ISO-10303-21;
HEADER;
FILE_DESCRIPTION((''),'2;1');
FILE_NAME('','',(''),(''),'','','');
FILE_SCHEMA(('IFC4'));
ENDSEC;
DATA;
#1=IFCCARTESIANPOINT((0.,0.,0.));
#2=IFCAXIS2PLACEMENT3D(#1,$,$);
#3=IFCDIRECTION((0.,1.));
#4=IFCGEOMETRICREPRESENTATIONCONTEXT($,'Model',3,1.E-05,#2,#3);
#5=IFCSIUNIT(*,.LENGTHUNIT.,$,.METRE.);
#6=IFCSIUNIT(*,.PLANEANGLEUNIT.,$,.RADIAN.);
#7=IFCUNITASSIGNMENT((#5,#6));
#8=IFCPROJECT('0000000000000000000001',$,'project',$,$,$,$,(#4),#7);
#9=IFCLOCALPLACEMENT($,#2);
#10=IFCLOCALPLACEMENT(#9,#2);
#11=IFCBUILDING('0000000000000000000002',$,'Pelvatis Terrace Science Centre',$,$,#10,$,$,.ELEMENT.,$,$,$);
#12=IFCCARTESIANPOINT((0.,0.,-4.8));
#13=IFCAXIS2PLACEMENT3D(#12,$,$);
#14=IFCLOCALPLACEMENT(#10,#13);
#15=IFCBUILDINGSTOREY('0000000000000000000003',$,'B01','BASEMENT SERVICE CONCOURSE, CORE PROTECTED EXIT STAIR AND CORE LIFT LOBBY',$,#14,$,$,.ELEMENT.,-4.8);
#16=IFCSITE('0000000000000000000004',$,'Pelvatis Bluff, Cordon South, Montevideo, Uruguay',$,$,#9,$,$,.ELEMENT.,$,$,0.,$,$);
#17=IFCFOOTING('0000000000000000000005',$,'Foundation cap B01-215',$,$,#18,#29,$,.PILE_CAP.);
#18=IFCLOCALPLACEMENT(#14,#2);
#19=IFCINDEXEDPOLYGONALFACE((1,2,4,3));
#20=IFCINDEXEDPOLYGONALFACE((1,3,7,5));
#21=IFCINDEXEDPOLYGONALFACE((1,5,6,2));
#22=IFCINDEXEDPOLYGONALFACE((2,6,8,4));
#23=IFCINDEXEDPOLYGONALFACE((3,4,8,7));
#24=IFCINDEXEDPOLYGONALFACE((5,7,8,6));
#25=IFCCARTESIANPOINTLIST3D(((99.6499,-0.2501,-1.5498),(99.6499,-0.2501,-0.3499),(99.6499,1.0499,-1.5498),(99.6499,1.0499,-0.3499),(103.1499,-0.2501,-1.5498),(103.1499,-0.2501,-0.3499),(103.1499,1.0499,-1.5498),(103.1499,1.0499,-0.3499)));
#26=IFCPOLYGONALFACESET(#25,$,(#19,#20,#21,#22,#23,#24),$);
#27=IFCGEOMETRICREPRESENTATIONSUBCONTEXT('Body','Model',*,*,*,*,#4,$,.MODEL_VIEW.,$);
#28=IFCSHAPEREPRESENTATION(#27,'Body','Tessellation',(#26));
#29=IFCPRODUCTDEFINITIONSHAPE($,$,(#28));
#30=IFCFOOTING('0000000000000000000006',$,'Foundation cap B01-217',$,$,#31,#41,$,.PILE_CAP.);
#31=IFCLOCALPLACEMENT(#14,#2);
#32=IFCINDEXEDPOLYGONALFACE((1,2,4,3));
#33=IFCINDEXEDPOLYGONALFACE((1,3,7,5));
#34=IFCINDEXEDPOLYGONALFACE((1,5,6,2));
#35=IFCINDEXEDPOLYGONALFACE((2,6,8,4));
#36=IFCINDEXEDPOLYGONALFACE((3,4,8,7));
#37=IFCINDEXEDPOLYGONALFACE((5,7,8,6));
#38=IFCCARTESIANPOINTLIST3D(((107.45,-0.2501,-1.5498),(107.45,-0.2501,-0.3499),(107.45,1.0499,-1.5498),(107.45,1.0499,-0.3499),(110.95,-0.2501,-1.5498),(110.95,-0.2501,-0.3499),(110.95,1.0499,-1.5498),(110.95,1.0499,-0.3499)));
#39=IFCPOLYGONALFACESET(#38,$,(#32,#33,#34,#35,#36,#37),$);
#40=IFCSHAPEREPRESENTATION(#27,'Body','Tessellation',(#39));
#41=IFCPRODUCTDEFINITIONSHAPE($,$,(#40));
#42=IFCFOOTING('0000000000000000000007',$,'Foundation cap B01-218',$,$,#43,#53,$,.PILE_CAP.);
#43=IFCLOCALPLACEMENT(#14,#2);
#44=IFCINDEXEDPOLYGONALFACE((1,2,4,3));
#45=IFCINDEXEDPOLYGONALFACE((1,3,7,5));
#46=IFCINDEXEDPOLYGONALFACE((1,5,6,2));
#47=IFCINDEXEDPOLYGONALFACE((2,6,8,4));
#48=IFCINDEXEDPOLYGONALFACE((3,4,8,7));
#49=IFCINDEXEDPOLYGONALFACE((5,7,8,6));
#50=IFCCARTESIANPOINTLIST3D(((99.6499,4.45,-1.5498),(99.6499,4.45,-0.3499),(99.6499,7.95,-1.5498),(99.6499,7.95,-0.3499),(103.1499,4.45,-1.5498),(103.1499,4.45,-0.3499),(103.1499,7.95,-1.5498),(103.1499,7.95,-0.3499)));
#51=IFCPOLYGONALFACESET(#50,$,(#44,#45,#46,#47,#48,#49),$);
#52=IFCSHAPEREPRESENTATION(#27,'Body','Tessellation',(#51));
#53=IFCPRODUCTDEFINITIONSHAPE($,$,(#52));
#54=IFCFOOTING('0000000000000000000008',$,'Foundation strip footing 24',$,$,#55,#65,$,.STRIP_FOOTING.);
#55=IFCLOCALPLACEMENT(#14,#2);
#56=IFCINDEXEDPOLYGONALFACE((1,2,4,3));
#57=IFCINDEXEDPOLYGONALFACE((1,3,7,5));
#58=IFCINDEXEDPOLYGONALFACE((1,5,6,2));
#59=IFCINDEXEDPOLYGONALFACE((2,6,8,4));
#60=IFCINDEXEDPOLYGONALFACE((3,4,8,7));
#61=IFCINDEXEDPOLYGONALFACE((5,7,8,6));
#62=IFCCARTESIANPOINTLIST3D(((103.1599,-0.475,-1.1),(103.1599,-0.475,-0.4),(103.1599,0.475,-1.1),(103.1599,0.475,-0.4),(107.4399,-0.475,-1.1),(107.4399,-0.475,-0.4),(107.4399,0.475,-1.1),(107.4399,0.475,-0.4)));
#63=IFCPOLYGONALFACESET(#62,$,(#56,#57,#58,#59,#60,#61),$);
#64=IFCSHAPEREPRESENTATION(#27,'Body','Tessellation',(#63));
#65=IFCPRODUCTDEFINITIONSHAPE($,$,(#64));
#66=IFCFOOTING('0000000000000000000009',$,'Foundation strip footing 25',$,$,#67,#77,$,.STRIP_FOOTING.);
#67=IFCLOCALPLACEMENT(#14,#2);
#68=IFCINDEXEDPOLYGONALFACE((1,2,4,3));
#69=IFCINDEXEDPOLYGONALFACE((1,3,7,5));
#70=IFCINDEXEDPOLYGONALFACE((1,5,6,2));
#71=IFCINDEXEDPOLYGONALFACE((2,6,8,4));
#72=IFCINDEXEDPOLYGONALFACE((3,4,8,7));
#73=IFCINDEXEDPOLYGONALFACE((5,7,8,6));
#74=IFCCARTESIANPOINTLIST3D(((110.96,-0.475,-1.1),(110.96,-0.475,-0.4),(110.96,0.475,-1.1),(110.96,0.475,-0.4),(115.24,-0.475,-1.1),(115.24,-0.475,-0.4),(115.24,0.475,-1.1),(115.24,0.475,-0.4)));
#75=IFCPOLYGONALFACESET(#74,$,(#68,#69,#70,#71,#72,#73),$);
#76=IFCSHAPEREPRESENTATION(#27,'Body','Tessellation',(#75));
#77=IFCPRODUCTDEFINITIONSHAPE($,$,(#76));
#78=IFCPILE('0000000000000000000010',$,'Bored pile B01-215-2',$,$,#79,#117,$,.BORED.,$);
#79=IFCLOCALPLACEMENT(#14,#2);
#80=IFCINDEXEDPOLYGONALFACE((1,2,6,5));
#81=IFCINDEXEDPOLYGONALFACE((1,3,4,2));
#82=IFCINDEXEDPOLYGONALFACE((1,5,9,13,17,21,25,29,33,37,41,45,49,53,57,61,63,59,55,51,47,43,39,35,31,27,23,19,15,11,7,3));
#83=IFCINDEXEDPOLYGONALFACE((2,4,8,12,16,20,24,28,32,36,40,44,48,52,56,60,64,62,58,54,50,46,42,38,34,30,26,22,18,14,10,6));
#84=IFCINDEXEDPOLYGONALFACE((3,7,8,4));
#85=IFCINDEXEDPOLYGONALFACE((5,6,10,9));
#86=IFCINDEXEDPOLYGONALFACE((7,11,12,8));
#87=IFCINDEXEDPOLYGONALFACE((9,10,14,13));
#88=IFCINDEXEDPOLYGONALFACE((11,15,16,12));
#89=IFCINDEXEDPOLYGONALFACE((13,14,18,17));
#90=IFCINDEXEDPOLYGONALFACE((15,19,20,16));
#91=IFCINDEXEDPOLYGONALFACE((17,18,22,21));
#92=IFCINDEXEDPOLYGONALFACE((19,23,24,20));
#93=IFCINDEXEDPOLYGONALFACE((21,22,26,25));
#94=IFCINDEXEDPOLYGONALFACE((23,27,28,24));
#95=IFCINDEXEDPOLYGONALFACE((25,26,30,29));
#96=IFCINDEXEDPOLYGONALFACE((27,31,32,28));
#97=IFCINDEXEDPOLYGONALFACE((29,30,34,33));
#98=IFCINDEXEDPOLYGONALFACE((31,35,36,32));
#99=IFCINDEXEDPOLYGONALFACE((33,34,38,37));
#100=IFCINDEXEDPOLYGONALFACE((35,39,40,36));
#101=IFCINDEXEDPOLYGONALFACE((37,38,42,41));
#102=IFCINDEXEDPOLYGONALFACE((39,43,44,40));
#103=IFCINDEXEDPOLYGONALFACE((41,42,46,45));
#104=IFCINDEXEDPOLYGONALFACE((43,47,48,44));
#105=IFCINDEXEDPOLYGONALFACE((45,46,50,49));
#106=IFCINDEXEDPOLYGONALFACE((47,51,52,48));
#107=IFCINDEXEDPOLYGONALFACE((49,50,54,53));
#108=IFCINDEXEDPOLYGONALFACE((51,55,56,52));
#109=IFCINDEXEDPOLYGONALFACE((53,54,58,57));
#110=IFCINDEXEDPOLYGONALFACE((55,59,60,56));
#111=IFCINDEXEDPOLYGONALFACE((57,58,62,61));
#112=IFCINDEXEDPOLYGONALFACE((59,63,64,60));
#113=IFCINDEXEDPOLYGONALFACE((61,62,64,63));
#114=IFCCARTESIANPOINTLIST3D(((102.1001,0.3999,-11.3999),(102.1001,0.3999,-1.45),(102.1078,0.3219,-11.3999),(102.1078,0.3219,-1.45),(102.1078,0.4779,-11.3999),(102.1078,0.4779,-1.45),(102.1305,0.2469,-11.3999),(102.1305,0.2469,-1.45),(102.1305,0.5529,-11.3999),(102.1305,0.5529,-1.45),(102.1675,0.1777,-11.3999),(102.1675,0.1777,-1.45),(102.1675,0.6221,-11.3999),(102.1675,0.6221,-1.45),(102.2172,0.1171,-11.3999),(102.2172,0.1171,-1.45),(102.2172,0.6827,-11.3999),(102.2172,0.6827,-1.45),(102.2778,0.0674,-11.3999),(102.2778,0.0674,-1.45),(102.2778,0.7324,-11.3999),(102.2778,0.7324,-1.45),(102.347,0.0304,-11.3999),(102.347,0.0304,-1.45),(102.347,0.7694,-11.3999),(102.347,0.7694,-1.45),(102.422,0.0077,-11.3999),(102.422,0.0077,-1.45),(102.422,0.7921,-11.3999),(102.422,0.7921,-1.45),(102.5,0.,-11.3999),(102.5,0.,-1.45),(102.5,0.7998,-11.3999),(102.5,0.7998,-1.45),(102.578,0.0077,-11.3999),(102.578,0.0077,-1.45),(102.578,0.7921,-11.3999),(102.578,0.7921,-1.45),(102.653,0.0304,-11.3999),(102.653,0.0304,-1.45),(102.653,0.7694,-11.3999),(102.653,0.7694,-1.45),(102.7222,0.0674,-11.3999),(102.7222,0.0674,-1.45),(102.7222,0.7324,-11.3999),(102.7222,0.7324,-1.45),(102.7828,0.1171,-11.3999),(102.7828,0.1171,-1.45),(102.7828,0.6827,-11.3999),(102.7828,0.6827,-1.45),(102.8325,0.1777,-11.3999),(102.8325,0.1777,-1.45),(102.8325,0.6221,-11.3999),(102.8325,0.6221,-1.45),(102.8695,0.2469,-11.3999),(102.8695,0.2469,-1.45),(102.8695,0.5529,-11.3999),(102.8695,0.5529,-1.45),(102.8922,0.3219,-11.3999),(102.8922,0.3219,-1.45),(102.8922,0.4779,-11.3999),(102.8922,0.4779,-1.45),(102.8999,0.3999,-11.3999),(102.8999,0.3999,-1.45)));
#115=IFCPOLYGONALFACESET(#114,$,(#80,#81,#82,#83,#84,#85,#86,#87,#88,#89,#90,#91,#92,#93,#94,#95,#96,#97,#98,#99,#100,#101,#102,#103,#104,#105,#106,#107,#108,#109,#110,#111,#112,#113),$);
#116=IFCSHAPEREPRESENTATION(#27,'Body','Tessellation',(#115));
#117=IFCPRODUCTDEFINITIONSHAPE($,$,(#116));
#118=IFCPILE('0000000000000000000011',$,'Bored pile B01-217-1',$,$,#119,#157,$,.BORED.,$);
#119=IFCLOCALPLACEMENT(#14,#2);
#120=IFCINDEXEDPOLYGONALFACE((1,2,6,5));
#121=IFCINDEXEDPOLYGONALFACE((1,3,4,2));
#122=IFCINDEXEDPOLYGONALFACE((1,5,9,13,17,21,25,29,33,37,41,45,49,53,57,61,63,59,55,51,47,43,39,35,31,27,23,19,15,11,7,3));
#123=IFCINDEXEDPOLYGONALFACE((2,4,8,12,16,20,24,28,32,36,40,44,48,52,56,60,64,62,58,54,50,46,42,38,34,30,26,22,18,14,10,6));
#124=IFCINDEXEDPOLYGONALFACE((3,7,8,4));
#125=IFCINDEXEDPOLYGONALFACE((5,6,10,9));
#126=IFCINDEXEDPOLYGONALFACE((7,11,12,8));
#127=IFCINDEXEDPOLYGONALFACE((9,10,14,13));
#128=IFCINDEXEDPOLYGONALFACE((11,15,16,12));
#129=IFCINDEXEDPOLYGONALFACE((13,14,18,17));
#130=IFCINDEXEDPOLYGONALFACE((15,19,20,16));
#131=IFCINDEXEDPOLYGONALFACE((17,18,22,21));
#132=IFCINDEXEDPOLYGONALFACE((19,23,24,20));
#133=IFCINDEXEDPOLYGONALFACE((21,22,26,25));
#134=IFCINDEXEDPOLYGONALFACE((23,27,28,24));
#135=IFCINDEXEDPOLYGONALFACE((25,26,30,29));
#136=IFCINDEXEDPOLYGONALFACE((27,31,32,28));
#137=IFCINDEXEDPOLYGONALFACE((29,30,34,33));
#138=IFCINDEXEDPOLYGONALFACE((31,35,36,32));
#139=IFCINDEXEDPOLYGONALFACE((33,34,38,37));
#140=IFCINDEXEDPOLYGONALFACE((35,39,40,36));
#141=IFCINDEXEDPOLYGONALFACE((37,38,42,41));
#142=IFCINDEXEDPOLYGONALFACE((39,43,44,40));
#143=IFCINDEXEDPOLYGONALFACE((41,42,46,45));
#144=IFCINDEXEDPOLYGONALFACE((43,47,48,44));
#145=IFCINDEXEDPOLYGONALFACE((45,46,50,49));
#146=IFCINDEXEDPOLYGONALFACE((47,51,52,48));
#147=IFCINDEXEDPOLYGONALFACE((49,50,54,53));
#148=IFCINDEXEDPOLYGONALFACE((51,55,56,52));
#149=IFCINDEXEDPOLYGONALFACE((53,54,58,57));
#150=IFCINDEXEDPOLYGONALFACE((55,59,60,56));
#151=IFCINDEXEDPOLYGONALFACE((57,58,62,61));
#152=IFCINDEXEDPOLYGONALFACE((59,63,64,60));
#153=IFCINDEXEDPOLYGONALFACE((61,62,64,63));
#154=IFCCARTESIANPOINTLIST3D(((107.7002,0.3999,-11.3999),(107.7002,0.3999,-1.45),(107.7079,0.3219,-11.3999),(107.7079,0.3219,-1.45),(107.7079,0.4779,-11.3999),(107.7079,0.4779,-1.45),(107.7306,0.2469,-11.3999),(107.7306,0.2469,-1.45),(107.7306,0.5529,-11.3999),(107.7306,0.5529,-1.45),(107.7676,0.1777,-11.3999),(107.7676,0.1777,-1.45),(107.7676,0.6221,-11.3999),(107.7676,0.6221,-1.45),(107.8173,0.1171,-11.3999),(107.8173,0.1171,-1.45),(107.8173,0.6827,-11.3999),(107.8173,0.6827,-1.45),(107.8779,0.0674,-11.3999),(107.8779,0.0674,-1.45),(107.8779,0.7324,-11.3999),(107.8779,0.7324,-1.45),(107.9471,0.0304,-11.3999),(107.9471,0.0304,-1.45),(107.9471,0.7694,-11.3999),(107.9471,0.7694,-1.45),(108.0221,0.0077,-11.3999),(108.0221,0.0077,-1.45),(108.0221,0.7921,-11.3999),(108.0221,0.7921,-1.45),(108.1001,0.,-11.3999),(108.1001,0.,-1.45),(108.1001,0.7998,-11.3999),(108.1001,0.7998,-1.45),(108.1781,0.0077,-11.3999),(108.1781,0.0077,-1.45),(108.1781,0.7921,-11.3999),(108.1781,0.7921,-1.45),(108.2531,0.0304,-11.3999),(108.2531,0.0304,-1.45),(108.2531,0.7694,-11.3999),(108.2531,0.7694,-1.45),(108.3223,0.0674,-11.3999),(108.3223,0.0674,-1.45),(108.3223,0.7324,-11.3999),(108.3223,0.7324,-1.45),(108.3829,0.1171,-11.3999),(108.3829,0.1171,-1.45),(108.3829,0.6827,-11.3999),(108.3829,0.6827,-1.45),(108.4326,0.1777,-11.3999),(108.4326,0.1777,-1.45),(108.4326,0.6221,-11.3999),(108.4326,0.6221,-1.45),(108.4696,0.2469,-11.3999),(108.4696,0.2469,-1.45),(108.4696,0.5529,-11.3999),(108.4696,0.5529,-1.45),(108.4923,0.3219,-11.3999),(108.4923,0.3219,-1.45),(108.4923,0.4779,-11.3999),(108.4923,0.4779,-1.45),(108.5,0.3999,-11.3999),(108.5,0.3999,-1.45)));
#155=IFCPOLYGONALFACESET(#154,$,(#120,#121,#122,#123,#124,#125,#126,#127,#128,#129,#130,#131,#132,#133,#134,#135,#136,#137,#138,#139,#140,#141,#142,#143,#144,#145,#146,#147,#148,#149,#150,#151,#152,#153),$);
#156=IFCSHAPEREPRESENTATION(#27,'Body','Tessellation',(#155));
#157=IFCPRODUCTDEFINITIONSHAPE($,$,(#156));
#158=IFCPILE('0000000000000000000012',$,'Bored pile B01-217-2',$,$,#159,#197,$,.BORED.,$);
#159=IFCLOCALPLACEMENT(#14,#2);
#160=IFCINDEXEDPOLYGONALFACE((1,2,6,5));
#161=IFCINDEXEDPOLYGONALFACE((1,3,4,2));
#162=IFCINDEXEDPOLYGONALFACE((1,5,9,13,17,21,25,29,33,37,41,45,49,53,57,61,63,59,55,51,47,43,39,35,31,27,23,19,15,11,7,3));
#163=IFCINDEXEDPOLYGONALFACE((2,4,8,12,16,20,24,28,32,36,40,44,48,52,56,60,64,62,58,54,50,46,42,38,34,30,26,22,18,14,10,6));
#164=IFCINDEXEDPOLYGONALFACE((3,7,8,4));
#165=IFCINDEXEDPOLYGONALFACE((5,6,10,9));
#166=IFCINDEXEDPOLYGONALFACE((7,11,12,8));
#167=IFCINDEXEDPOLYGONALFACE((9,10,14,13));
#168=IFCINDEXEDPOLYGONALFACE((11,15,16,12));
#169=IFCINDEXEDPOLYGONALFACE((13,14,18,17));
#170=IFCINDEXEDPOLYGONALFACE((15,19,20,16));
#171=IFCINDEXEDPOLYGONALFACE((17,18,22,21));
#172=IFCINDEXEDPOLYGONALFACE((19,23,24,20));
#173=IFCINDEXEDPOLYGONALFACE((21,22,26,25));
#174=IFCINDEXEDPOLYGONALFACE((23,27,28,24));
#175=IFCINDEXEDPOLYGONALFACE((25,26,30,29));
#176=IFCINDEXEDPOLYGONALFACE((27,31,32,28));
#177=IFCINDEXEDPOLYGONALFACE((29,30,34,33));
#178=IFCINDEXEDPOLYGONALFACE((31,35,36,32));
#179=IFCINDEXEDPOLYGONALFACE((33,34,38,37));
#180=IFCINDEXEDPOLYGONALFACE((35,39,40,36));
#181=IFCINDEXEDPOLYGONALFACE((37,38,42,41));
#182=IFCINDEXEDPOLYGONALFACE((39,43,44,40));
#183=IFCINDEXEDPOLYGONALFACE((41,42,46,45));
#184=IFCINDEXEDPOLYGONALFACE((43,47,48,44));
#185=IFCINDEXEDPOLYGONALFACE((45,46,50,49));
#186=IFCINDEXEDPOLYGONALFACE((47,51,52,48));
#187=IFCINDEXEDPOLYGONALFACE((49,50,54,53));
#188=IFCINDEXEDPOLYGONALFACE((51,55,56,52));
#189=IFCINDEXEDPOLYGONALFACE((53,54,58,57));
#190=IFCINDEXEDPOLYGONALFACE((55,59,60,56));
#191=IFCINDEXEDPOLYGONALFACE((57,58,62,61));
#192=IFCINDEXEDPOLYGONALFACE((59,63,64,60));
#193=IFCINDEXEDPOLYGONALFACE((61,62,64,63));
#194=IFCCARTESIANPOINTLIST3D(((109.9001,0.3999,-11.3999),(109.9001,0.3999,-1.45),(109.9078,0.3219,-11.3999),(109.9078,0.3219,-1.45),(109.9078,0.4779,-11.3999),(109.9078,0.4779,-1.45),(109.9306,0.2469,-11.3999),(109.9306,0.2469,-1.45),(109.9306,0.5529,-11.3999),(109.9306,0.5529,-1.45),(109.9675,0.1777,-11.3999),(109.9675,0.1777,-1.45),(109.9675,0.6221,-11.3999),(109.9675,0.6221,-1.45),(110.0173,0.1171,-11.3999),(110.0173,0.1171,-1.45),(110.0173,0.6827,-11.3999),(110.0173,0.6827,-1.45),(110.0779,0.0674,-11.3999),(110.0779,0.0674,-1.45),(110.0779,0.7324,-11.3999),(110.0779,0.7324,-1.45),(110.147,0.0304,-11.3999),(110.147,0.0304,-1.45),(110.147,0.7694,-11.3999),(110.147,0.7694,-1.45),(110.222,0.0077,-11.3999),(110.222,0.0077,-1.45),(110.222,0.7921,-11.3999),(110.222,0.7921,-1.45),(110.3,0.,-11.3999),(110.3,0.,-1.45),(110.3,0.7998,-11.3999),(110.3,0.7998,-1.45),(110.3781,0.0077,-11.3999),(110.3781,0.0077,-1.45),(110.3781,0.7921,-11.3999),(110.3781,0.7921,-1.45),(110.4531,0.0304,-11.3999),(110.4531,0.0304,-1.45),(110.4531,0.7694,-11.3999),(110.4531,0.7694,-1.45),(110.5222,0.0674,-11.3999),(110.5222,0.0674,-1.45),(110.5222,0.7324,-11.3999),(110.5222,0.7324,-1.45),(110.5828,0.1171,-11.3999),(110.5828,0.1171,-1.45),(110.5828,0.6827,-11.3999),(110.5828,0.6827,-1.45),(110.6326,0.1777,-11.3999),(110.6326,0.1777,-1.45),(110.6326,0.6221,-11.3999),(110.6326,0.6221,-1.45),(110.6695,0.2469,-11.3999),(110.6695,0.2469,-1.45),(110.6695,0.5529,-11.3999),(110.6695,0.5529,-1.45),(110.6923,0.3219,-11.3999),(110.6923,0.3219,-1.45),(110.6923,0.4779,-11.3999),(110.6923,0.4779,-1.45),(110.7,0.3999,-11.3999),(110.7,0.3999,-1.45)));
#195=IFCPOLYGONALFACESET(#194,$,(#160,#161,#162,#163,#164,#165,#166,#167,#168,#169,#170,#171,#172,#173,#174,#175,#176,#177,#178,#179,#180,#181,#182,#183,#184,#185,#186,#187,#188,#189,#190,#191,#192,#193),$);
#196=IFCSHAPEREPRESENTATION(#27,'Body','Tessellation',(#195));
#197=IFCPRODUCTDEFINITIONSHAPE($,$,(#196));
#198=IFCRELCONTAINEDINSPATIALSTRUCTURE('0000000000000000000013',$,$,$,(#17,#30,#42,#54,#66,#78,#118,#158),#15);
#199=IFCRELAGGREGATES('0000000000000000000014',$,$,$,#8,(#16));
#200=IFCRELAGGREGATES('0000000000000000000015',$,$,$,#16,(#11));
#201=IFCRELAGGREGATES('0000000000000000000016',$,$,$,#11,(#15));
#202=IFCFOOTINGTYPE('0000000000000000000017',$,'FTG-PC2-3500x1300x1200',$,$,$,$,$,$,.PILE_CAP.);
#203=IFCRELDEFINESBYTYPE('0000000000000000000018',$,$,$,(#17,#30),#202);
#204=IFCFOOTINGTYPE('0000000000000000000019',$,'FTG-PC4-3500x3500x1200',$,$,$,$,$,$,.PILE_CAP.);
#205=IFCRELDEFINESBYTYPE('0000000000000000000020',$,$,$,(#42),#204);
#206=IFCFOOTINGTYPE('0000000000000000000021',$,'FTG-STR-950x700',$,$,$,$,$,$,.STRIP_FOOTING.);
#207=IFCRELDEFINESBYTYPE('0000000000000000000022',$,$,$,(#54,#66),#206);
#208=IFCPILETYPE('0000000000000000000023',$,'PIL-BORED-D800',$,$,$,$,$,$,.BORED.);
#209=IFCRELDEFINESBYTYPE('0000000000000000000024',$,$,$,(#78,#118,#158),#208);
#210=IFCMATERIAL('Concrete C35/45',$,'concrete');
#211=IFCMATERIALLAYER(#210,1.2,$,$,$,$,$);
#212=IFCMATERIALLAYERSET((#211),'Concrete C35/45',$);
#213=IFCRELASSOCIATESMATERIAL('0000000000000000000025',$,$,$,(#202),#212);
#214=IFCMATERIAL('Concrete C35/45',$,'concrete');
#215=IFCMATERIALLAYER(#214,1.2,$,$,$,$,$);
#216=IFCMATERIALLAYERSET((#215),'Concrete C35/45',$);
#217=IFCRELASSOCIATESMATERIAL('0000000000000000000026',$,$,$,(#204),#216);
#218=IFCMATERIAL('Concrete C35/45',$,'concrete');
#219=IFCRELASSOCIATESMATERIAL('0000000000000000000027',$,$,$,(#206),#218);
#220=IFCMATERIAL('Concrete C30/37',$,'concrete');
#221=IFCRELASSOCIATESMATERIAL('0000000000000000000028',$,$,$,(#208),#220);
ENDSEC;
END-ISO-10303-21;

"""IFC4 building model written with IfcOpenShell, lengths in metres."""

from ifc_helpers import new_model, si_unit, direction, frame, origin, origin_2d, place, context, subcontext, project, spatial, rectangle, circle, extrude, material, layer, layer_set, material_profile, profile_set, type_object, element, save


model = new_model("IFC4")

# Units and contexts
model_context = context("Model", 3, precision=1e-05, world=origin(), true_north=direction((0.0, 1.0)))
body_context = subcontext(model_context, "Body", "Model", "MODEL_VIEW")
ifc_project = project(units=[si_unit("LENGTHUNIT", "METRE"), si_unit("PLANEANGLEUNIT", "RADIAN")], contexts=[model_context])

# Site, building, storey
site_placement = place(None, origin())
site = spatial("IfcSite", under=ifc_project, at=site_placement, Name="Pelvatis Bluff, Cordon South, Montevideo, Uruguay", CompositionType="ELEMENT", RefElevation=0.0)
building_placement = place(site_placement, origin())
building = spatial("IfcBuilding", under=site, at=building_placement, Name="Pelvatis Terrace Science Centre", CompositionType="ELEMENT")
storey_placement = place(building_placement, frame((0.0, 0.0, -4.8)))
storey = spatial("IfcBuildingStorey", under=building, at=storey_placement, Name="B01", Description="BASEMENT SERVICE CONCOURSE, CORE PROTECTED EXIT STAIR AND CORE LIFT LOBBY", CompositionType="ELEMENT", Elevation=-4.8)

# Footings
ifc_material_1 = material(Name="Concrete C35/45", Category="concrete")
ifc_layer_1 = layer(ifc_material_1, 1.2)
ifc_layer_set_1 = layer_set([ifc_layer_1], Name="Concrete C35/45")
footing_type_1 = type_object("IfcFootingType", Name="FTG-PC2-3500x1300x1200", PredefinedType="PILE_CAP", material=ifc_layer_set_1)
for number, where, z_axis, x_axis, name in (
    (1, (101.3999, 0.3999, -1.5498), (0.0, 0.0, 1.0), (1.0, 0.0, 0.0), "Foundation cap B01-215"),
    (2, (109.2, 0.3999, -1.5498), (0.0, 0.0, 1.0), (1.0, 0.0, 0.0), "Foundation cap B01-217"),
):
    element("IfcFooting", number, at=place(storey_placement, frame(where, z_axis=z_axis, x_axis=x_axis)), inside=storey, type_object=footing_type_1, Name=name, PredefinedType="PILE_CAP", context=body_context, shape_type="SweptSolid", body=[
        extrude(rectangle(XDim=3.5, YDim=1.3, at=origin_2d()), origin(), (0.0, 0.0, 1.0), 1.2),
    ])
ifc_material_2 = material(Name="Concrete C35/45", Category="concrete")
ifc_layer_2 = layer(ifc_material_2, 1.2)
ifc_layer_set_2 = layer_set([ifc_layer_2], Name="Concrete C35/45")
footing_type_2 = type_object("IfcFootingType", Name="FTG-PC4-3500x3500x1200", PredefinedType="PILE_CAP", material=ifc_layer_set_2)
footing_placement = place(storey_placement, frame((101.3999, 6.2, -1.5498), z_axis=(0.0, 0.0, 1.0), x_axis=(1.0, 0.0, 0.0)))
element("IfcFooting", 3, at=footing_placement, inside=storey, type_object=footing_type_2, Name="Foundation cap B01-218", PredefinedType="PILE_CAP", context=body_context, shape_type="SweptSolid", body=[
    extrude(rectangle(XDim=3.5, YDim=3.5, at=origin_2d()), origin(), (0.0, 0.0, 1.0), 1.2),
])
ifc_material_3 = material(Name="Concrete C35/45", Category="concrete")
ifc_material_profile_1 = material_profile(ifc_material_3, rectangle(XDim=0.95, YDim=0.7, at=origin_2d()), Name="RC-STR 950x700")
ifc_profile_set_1 = profile_set([ifc_material_profile_1], Name="Concrete C35/45")
footing_type_3 = type_object("IfcFootingType", Name="FTG-STR-950x700", PredefinedType="STRIP_FOOTING", material=ifc_profile_set_1)
for number, where, z_axis, x_axis, name in (
    (4, (103.1599, 0.0, -0.75), (1.0, 0.0, 0.0), (0.0, 1.0, 0.0), "Foundation strip footing 24"),
    (5, (110.96, 0.0, -0.75), (1.0, 0.0, 0.0), (0.0, 1.0, 0.0), "Foundation strip footing 25"),
):
    element("IfcFooting", number, at=place(storey_placement, frame(where, z_axis=z_axis, x_axis=x_axis)), inside=storey, type_object=footing_type_3, Name=name, PredefinedType="STRIP_FOOTING", context=body_context, shape_type="SweptSolid", body=[
        extrude(rectangle(XDim=0.95, YDim=0.7, at=origin_2d()), origin(), (0.0, 0.0, 1.0), 4.28),
    ])

# Piles
ifc_material_4 = material(Name="Concrete C30/37", Category="concrete")
ifc_material_profile_2 = material_profile(ifc_material_4, circle(Radius=0.3999, at=origin_2d()), Name="PILE D800")
ifc_profile_set_2 = profile_set([ifc_material_profile_2], Name="Concrete C30/37")
pile_type = type_object("IfcPileType", Name="PIL-BORED-D800", PredefinedType="BORED", material=ifc_profile_set_2)
for number, where, z_axis, x_axis, name in (
    (6, (102.5, 0.3999, -1.45), (0.0, 0.0, -1.0), (1.0, 0.0, 0.0), "Bored pile B01-215-2"),
    (7, (108.1001, 0.3999, -1.45), (0.0, 0.0, -1.0), (1.0, 0.0, 0.0), "Bored pile B01-217-1"),
    (8, (110.3, 0.3999, -1.45), (0.0, 0.0, -1.0), (1.0, 0.0, 0.0), "Bored pile B01-217-2"),
):
    element("IfcPile", number, at=place(storey_placement, frame(where, z_axis=z_axis, x_axis=x_axis)), inside=storey, type_object=pile_type, Name=name, PredefinedType="BORED", context=body_context, shape_type="SweptSolid", body=[
        extrude(circle(Radius=0.3999, at=origin_2d()), origin(), (0.0, 0.0, 1.0), 9.95),
    ])

save(model, "model.ifc")
